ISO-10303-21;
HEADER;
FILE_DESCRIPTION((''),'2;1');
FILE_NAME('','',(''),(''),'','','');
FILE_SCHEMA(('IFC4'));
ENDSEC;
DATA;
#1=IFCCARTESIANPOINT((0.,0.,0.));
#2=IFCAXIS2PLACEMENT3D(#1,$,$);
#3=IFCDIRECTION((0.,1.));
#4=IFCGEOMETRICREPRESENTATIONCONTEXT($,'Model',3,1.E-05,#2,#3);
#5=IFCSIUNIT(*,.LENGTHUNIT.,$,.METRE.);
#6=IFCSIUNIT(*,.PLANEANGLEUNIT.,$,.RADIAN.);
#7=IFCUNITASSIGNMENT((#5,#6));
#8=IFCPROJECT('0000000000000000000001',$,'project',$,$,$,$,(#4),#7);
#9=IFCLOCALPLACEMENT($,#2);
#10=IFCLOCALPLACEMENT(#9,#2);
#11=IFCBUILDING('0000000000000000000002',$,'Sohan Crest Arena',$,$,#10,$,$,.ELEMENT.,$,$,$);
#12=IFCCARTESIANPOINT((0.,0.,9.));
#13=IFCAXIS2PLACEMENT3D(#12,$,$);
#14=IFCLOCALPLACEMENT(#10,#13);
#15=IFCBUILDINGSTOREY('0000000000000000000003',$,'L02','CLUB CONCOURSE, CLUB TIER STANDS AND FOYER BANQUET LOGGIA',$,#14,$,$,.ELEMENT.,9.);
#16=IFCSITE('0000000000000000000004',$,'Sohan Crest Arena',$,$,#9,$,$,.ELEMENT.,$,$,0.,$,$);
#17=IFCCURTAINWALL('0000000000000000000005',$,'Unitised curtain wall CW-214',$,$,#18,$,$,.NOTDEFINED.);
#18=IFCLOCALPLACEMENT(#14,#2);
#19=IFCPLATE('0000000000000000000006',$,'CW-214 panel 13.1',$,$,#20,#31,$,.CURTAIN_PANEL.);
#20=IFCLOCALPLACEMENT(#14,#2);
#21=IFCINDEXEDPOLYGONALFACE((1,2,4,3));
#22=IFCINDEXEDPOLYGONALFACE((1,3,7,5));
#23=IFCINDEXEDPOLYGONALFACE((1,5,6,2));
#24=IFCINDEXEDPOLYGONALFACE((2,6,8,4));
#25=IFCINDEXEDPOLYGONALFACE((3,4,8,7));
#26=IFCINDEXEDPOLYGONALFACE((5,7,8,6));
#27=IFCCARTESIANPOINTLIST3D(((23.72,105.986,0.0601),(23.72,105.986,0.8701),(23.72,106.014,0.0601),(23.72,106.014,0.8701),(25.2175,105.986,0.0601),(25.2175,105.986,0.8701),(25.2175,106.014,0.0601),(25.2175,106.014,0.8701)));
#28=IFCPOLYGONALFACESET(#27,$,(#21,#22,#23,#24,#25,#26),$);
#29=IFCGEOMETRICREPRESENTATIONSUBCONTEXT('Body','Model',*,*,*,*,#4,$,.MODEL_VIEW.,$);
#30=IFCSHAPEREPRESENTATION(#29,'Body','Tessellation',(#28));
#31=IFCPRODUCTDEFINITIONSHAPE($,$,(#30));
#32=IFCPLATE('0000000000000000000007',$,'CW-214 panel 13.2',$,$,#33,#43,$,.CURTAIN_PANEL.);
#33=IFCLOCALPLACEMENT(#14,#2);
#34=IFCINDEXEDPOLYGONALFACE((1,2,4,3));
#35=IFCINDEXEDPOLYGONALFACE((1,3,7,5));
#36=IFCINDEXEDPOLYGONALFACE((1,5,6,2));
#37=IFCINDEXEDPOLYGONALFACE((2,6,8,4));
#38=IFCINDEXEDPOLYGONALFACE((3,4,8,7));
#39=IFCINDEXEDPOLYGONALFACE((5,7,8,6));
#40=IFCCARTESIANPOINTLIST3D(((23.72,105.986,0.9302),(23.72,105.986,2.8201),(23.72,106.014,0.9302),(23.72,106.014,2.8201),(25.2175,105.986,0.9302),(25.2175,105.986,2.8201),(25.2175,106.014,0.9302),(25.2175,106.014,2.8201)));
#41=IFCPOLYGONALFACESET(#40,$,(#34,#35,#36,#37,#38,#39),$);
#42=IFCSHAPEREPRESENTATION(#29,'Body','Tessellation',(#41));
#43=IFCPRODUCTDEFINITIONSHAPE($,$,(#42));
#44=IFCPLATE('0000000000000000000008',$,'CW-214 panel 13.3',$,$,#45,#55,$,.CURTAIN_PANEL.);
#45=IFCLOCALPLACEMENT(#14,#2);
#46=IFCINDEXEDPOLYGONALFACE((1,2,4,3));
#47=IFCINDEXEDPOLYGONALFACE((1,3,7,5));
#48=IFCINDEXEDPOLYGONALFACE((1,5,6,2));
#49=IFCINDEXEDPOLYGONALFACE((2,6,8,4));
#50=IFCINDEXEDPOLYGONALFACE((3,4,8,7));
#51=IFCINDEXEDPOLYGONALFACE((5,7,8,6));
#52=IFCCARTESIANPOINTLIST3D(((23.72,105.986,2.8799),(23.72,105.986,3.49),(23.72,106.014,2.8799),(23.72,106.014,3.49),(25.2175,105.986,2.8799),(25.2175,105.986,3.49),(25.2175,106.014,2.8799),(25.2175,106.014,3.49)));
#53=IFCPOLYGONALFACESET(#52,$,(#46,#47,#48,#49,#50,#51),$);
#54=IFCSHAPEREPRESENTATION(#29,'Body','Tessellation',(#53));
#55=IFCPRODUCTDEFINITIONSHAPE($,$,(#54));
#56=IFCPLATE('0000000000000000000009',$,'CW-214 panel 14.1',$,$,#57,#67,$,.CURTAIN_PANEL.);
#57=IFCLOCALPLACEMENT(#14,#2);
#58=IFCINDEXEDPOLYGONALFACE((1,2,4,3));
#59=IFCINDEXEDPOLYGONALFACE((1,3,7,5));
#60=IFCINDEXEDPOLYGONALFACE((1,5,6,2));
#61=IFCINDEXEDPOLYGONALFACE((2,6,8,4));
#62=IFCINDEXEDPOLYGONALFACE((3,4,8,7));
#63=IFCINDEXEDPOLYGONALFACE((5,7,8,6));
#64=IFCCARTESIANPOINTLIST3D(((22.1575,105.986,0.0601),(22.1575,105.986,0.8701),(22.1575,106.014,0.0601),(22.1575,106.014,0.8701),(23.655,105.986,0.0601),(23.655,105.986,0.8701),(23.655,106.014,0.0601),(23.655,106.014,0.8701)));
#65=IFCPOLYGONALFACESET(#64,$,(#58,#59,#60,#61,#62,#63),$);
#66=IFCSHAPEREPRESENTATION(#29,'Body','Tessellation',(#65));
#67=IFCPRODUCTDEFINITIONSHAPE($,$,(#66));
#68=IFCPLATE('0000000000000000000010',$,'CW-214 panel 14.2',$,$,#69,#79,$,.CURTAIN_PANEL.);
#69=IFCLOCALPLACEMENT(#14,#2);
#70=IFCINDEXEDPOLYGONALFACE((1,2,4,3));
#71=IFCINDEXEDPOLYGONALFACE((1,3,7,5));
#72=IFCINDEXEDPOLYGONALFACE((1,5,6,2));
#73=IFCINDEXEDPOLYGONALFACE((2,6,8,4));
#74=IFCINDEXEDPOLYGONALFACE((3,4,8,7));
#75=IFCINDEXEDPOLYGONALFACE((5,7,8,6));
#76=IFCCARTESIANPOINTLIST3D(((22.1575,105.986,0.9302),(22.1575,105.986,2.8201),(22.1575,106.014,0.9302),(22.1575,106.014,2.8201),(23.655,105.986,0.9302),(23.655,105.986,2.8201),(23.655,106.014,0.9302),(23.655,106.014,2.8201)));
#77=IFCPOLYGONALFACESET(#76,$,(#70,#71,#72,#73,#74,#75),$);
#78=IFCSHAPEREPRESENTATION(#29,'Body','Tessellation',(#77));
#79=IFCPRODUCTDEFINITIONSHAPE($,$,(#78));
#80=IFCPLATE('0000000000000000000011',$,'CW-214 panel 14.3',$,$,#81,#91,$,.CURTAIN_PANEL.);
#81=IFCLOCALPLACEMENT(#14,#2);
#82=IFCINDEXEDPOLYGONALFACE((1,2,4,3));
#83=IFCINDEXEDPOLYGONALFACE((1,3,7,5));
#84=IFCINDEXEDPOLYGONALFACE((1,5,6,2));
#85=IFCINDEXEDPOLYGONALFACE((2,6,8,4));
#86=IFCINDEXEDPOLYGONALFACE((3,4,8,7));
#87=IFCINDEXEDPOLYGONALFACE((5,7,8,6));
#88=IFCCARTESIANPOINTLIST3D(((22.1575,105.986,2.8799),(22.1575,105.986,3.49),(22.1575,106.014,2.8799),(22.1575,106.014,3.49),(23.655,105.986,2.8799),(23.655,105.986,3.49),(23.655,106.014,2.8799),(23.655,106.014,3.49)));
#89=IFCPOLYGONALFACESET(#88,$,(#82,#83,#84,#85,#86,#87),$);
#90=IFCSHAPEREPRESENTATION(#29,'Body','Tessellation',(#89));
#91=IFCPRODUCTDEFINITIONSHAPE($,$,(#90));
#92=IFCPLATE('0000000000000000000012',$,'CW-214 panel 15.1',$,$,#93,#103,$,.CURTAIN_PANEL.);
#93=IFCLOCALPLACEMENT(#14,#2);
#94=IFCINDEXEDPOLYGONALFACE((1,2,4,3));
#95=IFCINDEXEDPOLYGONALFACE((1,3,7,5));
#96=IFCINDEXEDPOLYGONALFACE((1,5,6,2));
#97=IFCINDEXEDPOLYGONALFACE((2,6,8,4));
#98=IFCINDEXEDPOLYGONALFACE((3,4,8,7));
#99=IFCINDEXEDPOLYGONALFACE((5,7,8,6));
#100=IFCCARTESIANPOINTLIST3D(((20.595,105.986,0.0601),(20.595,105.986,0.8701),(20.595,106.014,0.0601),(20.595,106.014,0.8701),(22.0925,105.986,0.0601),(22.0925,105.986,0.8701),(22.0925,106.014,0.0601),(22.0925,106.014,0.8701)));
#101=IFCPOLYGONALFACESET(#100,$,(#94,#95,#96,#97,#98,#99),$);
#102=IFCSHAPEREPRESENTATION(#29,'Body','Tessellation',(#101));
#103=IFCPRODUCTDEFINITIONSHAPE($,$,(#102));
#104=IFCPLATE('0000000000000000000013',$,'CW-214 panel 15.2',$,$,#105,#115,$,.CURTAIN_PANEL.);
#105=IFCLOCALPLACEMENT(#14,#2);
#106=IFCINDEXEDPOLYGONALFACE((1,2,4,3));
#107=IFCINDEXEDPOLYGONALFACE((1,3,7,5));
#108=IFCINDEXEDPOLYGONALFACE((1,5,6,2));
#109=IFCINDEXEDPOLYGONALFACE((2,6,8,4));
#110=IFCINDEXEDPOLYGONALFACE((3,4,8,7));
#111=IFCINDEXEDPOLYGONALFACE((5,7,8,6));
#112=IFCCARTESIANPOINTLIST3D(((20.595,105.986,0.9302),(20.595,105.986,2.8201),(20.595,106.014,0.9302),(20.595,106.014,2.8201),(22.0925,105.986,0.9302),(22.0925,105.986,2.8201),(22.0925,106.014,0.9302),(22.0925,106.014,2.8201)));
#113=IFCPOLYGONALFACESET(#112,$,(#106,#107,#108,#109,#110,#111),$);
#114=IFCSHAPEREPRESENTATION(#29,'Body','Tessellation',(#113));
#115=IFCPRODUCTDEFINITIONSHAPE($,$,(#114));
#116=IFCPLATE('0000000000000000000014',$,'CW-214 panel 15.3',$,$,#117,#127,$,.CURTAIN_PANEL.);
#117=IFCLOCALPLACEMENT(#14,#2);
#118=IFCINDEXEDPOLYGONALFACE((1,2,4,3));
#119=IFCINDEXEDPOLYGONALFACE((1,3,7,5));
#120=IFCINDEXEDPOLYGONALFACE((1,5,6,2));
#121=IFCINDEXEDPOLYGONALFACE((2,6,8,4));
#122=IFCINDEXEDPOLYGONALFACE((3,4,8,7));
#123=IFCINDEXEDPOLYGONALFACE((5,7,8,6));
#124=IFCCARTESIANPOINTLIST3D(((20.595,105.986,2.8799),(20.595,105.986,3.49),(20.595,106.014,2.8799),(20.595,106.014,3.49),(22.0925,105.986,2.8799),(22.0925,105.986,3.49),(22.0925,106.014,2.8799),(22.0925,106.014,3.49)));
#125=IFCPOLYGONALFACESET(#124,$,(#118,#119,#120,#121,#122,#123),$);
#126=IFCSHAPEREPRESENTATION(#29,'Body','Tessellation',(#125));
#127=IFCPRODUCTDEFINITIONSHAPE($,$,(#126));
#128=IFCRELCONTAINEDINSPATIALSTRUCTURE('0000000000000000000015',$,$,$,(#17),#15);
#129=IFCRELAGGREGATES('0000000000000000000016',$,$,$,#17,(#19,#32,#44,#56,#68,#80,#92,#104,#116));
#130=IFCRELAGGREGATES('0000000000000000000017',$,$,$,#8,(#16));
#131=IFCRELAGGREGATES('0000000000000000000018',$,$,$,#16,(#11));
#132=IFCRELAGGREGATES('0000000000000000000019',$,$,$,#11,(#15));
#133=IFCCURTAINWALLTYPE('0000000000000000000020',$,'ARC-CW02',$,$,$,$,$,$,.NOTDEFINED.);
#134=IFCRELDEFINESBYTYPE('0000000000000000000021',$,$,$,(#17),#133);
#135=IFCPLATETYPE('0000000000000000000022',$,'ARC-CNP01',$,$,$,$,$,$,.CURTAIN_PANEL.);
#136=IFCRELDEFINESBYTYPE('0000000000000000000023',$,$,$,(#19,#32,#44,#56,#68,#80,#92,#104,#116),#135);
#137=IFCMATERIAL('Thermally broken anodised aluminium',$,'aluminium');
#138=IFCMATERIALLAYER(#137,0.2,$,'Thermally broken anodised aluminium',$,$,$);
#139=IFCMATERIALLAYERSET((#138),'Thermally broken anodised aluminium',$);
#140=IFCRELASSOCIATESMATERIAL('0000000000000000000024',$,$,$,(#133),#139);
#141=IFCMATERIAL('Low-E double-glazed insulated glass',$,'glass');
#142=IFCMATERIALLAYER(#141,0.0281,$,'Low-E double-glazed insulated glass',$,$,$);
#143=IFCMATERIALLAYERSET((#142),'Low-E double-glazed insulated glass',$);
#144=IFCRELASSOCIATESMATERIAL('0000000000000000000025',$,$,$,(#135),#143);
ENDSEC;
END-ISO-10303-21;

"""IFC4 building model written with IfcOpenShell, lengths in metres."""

from ifc_helpers import new_model, si_unit, direction, frame, origin, origin_2d, place, context, subcontext, project, spatial, rectangle, extrude, material, layer, layer_set, type_object, element, aggregate, save


model = new_model("IFC4")

# Units and contexts
model_context = context("Model", 3, precision=1e-05, world=origin(), true_north=direction((0.0, 1.0)))
body_context = subcontext(model_context, "Body", "Model", "MODEL_VIEW")
ifc_project = project(units=[si_unit("LENGTHUNIT", "METRE"), si_unit("PLANEANGLEUNIT", "RADIAN")], contexts=[model_context])

# Site, building, storey
site_placement = place(None, origin())
site = spatial("IfcSite", under=ifc_project, at=site_placement, Name="Sohan Crest Arena", CompositionType="ELEMENT", RefElevation=0.0)
building_placement = place(site_placement, origin())
building = spatial("IfcBuilding", under=site, at=building_placement, Name="Sohan Crest Arena", CompositionType="ELEMENT")
storey_placement = place(building_placement, frame((0.0, 0.0, 9.0)))
storey = spatial("IfcBuildingStorey", under=building, at=storey_placement, Name="L02", Description="CLUB CONCOURSE, CLUB TIER STANDS AND FOYER BANQUET LOGGIA", CompositionType="ELEMENT", Elevation=9.0)

# Curtain wall
ifc_material_1 = material(Name="Thermally broken anodised aluminium", Category="aluminium")
ifc_layer_1 = layer(ifc_material_1, 0.2, Name="Thermally broken anodised aluminium")
ifc_layer_set_1 = layer_set([ifc_layer_1], Name="Thermally broken anodised aluminium")
curtain_wall_type = type_object("IfcCurtainWallType", Name="ARC-CW02", PredefinedType="NOTDEFINED", material=ifc_layer_set_1)
curtain_wall_placement = place(storey_placement, origin())
curtain_wall = element("IfcCurtainWall", 1, at=curtain_wall_placement, inside=storey, type_object=curtain_wall_type, Name="Unitised curtain wall CW-214", PredefinedType="NOTDEFINED")

# Plates
ifc_material_2 = material(Name="Low-E double-glazed insulated glass", Category="glass")
ifc_layer_2 = layer(ifc_material_2, 0.0281, Name="Low-E double-glazed insulated glass")
ifc_layer_set_2 = layer_set([ifc_layer_2], Name="Low-E double-glazed insulated glass")
plate_type = type_object("IfcPlateType", Name="ARC-CNP01", PredefinedType="CURTAIN_PANEL", material=ifc_layer_set_2)
plate_1_placement = place(storey_placement, frame((24.4688, 106.0, 0.0601), z_axis=(0.0, 0.0, 1.0), x_axis=(-1.0, 0.0, 0.0)))
plate_1 = element("IfcPlate", 2, at=plate_1_placement, type_object=plate_type, Name="CW-214 panel 13.1", PredefinedType="CURTAIN_PANEL", context=body_context, shape_type="SweptSolid", body=[
    extrude(rectangle(XDim=1.4976, YDim=0.0281, at=origin_2d()), origin(), (0.0, 0.0, 1.0), 0.8101),
])
plate_2_placement = place(storey_placement, frame((24.4688, 106.0, 0.9302), z_axis=(0.0, 0.0, 1.0), x_axis=(-1.0, 0.0, 0.0)))
plate_2 = element("IfcPlate", 3, at=plate_2_placement, type_object=plate_type, Name="CW-214 panel 13.2", PredefinedType="CURTAIN_PANEL", context=body_context, shape_type="SweptSolid", body=[
    extrude(rectangle(XDim=1.4976, YDim=0.0281, at=origin_2d()), origin(), (0.0, 0.0, 1.0), 1.8899),
])
plate_3_placement = place(storey_placement, frame((24.4688, 106.0, 2.8799), z_axis=(0.0, 0.0, 1.0), x_axis=(-1.0, 0.0, 0.0)))
plate_3 = element("IfcPlate", 4, at=plate_3_placement, type_object=plate_type, Name="CW-214 panel 13.3", PredefinedType="CURTAIN_PANEL", context=body_context, shape_type="SweptSolid", body=[
    extrude(rectangle(XDim=1.4976, YDim=0.0281, at=origin_2d()), origin(), (0.0, 0.0, 1.0), 0.6101),
])
plate_4_placement = place(storey_placement, frame((22.9062, 106.0, 0.0601), z_axis=(0.0, 0.0, 1.0), x_axis=(-1.0, 0.0, 0.0)))
plate_4 = element("IfcPlate", 5, at=plate_4_placement, type_object=plate_type, Name="CW-214 panel 14.1", PredefinedType="CURTAIN_PANEL", context=body_context, shape_type="SweptSolid", body=[
    extrude(rectangle(XDim=1.4976, YDim=0.0281, at=origin_2d()), origin(), (0.0, 0.0, 1.0), 0.8101),
])
plate_5_placement = place(storey_placement, frame((22.9062, 106.0, 0.9302), z_axis=(0.0, 0.0, 1.0), x_axis=(-1.0, 0.0, 0.0)))
plate_5 = element("IfcPlate", 6, at=plate_5_placement, type_object=plate_type, Name="CW-214 panel 14.2", PredefinedType="CURTAIN_PANEL", context=body_context, shape_type="SweptSolid", body=[
    extrude(rectangle(XDim=1.4976, YDim=0.0281, at=origin_2d()), origin(), (0.0, 0.0, 1.0), 1.8899),
])
plate_6_placement = place(storey_placement, frame((22.9062, 106.0, 2.8799), z_axis=(0.0, 0.0, 1.0), x_axis=(-1.0, 0.0, 0.0)))
plate_6 = element("IfcPlate", 7, at=plate_6_placement, type_object=plate_type, Name="CW-214 panel 14.3", PredefinedType="CURTAIN_PANEL", context=body_context, shape_type="SweptSolid", body=[
    extrude(rectangle(XDim=1.4976, YDim=0.0281, at=origin_2d()), origin(), (0.0, 0.0, 1.0), 0.6101),
])
plate_7_placement = place(storey_placement, frame((21.3438, 106.0, 0.0601), z_axis=(0.0, 0.0, 1.0), x_axis=(-1.0, 0.0, 0.0)))
plate_7 = element("IfcPlate", 8, at=plate_7_placement, type_object=plate_type, Name="CW-214 panel 15.1", PredefinedType="CURTAIN_PANEL", context=body_context, shape_type="SweptSolid", body=[
    extrude(rectangle(XDim=1.4976, YDim=0.0281, at=origin_2d()), origin(), (0.0, 0.0, 1.0), 0.8101),
])
plate_8_placement = place(storey_placement, frame((21.3438, 106.0, 0.9302), z_axis=(0.0, 0.0, 1.0), x_axis=(-1.0, 0.0, 0.0)))
plate_8 = element("IfcPlate", 9, at=plate_8_placement, type_object=plate_type, Name="CW-214 panel 15.2", PredefinedType="CURTAIN_PANEL", context=body_context, shape_type="SweptSolid", body=[
    extrude(rectangle(XDim=1.4976, YDim=0.0281, at=origin_2d()), origin(), (0.0, 0.0, 1.0), 1.8899),
])
plate_9_placement = place(storey_placement, frame((21.3438, 106.0, 2.8799), z_axis=(0.0, 0.0, 1.0), x_axis=(-1.0, 0.0, 0.0)))
plate_9 = element("IfcPlate", 10, at=plate_9_placement, type_object=plate_type, Name="CW-214 panel 15.3", PredefinedType="CURTAIN_PANEL", context=body_context, shape_type="SweptSolid", body=[
    extrude(rectangle(XDim=1.4976, YDim=0.0281, at=origin_2d()), origin(), (0.0, 0.0, 1.0), 0.6101),
])
aggregate(curtain_wall, [plate_1, plate_2, plate_3, plate_4, plate_5, plate_6, plate_7, plate_8, plate_9])

save(model, "model.ifc")
